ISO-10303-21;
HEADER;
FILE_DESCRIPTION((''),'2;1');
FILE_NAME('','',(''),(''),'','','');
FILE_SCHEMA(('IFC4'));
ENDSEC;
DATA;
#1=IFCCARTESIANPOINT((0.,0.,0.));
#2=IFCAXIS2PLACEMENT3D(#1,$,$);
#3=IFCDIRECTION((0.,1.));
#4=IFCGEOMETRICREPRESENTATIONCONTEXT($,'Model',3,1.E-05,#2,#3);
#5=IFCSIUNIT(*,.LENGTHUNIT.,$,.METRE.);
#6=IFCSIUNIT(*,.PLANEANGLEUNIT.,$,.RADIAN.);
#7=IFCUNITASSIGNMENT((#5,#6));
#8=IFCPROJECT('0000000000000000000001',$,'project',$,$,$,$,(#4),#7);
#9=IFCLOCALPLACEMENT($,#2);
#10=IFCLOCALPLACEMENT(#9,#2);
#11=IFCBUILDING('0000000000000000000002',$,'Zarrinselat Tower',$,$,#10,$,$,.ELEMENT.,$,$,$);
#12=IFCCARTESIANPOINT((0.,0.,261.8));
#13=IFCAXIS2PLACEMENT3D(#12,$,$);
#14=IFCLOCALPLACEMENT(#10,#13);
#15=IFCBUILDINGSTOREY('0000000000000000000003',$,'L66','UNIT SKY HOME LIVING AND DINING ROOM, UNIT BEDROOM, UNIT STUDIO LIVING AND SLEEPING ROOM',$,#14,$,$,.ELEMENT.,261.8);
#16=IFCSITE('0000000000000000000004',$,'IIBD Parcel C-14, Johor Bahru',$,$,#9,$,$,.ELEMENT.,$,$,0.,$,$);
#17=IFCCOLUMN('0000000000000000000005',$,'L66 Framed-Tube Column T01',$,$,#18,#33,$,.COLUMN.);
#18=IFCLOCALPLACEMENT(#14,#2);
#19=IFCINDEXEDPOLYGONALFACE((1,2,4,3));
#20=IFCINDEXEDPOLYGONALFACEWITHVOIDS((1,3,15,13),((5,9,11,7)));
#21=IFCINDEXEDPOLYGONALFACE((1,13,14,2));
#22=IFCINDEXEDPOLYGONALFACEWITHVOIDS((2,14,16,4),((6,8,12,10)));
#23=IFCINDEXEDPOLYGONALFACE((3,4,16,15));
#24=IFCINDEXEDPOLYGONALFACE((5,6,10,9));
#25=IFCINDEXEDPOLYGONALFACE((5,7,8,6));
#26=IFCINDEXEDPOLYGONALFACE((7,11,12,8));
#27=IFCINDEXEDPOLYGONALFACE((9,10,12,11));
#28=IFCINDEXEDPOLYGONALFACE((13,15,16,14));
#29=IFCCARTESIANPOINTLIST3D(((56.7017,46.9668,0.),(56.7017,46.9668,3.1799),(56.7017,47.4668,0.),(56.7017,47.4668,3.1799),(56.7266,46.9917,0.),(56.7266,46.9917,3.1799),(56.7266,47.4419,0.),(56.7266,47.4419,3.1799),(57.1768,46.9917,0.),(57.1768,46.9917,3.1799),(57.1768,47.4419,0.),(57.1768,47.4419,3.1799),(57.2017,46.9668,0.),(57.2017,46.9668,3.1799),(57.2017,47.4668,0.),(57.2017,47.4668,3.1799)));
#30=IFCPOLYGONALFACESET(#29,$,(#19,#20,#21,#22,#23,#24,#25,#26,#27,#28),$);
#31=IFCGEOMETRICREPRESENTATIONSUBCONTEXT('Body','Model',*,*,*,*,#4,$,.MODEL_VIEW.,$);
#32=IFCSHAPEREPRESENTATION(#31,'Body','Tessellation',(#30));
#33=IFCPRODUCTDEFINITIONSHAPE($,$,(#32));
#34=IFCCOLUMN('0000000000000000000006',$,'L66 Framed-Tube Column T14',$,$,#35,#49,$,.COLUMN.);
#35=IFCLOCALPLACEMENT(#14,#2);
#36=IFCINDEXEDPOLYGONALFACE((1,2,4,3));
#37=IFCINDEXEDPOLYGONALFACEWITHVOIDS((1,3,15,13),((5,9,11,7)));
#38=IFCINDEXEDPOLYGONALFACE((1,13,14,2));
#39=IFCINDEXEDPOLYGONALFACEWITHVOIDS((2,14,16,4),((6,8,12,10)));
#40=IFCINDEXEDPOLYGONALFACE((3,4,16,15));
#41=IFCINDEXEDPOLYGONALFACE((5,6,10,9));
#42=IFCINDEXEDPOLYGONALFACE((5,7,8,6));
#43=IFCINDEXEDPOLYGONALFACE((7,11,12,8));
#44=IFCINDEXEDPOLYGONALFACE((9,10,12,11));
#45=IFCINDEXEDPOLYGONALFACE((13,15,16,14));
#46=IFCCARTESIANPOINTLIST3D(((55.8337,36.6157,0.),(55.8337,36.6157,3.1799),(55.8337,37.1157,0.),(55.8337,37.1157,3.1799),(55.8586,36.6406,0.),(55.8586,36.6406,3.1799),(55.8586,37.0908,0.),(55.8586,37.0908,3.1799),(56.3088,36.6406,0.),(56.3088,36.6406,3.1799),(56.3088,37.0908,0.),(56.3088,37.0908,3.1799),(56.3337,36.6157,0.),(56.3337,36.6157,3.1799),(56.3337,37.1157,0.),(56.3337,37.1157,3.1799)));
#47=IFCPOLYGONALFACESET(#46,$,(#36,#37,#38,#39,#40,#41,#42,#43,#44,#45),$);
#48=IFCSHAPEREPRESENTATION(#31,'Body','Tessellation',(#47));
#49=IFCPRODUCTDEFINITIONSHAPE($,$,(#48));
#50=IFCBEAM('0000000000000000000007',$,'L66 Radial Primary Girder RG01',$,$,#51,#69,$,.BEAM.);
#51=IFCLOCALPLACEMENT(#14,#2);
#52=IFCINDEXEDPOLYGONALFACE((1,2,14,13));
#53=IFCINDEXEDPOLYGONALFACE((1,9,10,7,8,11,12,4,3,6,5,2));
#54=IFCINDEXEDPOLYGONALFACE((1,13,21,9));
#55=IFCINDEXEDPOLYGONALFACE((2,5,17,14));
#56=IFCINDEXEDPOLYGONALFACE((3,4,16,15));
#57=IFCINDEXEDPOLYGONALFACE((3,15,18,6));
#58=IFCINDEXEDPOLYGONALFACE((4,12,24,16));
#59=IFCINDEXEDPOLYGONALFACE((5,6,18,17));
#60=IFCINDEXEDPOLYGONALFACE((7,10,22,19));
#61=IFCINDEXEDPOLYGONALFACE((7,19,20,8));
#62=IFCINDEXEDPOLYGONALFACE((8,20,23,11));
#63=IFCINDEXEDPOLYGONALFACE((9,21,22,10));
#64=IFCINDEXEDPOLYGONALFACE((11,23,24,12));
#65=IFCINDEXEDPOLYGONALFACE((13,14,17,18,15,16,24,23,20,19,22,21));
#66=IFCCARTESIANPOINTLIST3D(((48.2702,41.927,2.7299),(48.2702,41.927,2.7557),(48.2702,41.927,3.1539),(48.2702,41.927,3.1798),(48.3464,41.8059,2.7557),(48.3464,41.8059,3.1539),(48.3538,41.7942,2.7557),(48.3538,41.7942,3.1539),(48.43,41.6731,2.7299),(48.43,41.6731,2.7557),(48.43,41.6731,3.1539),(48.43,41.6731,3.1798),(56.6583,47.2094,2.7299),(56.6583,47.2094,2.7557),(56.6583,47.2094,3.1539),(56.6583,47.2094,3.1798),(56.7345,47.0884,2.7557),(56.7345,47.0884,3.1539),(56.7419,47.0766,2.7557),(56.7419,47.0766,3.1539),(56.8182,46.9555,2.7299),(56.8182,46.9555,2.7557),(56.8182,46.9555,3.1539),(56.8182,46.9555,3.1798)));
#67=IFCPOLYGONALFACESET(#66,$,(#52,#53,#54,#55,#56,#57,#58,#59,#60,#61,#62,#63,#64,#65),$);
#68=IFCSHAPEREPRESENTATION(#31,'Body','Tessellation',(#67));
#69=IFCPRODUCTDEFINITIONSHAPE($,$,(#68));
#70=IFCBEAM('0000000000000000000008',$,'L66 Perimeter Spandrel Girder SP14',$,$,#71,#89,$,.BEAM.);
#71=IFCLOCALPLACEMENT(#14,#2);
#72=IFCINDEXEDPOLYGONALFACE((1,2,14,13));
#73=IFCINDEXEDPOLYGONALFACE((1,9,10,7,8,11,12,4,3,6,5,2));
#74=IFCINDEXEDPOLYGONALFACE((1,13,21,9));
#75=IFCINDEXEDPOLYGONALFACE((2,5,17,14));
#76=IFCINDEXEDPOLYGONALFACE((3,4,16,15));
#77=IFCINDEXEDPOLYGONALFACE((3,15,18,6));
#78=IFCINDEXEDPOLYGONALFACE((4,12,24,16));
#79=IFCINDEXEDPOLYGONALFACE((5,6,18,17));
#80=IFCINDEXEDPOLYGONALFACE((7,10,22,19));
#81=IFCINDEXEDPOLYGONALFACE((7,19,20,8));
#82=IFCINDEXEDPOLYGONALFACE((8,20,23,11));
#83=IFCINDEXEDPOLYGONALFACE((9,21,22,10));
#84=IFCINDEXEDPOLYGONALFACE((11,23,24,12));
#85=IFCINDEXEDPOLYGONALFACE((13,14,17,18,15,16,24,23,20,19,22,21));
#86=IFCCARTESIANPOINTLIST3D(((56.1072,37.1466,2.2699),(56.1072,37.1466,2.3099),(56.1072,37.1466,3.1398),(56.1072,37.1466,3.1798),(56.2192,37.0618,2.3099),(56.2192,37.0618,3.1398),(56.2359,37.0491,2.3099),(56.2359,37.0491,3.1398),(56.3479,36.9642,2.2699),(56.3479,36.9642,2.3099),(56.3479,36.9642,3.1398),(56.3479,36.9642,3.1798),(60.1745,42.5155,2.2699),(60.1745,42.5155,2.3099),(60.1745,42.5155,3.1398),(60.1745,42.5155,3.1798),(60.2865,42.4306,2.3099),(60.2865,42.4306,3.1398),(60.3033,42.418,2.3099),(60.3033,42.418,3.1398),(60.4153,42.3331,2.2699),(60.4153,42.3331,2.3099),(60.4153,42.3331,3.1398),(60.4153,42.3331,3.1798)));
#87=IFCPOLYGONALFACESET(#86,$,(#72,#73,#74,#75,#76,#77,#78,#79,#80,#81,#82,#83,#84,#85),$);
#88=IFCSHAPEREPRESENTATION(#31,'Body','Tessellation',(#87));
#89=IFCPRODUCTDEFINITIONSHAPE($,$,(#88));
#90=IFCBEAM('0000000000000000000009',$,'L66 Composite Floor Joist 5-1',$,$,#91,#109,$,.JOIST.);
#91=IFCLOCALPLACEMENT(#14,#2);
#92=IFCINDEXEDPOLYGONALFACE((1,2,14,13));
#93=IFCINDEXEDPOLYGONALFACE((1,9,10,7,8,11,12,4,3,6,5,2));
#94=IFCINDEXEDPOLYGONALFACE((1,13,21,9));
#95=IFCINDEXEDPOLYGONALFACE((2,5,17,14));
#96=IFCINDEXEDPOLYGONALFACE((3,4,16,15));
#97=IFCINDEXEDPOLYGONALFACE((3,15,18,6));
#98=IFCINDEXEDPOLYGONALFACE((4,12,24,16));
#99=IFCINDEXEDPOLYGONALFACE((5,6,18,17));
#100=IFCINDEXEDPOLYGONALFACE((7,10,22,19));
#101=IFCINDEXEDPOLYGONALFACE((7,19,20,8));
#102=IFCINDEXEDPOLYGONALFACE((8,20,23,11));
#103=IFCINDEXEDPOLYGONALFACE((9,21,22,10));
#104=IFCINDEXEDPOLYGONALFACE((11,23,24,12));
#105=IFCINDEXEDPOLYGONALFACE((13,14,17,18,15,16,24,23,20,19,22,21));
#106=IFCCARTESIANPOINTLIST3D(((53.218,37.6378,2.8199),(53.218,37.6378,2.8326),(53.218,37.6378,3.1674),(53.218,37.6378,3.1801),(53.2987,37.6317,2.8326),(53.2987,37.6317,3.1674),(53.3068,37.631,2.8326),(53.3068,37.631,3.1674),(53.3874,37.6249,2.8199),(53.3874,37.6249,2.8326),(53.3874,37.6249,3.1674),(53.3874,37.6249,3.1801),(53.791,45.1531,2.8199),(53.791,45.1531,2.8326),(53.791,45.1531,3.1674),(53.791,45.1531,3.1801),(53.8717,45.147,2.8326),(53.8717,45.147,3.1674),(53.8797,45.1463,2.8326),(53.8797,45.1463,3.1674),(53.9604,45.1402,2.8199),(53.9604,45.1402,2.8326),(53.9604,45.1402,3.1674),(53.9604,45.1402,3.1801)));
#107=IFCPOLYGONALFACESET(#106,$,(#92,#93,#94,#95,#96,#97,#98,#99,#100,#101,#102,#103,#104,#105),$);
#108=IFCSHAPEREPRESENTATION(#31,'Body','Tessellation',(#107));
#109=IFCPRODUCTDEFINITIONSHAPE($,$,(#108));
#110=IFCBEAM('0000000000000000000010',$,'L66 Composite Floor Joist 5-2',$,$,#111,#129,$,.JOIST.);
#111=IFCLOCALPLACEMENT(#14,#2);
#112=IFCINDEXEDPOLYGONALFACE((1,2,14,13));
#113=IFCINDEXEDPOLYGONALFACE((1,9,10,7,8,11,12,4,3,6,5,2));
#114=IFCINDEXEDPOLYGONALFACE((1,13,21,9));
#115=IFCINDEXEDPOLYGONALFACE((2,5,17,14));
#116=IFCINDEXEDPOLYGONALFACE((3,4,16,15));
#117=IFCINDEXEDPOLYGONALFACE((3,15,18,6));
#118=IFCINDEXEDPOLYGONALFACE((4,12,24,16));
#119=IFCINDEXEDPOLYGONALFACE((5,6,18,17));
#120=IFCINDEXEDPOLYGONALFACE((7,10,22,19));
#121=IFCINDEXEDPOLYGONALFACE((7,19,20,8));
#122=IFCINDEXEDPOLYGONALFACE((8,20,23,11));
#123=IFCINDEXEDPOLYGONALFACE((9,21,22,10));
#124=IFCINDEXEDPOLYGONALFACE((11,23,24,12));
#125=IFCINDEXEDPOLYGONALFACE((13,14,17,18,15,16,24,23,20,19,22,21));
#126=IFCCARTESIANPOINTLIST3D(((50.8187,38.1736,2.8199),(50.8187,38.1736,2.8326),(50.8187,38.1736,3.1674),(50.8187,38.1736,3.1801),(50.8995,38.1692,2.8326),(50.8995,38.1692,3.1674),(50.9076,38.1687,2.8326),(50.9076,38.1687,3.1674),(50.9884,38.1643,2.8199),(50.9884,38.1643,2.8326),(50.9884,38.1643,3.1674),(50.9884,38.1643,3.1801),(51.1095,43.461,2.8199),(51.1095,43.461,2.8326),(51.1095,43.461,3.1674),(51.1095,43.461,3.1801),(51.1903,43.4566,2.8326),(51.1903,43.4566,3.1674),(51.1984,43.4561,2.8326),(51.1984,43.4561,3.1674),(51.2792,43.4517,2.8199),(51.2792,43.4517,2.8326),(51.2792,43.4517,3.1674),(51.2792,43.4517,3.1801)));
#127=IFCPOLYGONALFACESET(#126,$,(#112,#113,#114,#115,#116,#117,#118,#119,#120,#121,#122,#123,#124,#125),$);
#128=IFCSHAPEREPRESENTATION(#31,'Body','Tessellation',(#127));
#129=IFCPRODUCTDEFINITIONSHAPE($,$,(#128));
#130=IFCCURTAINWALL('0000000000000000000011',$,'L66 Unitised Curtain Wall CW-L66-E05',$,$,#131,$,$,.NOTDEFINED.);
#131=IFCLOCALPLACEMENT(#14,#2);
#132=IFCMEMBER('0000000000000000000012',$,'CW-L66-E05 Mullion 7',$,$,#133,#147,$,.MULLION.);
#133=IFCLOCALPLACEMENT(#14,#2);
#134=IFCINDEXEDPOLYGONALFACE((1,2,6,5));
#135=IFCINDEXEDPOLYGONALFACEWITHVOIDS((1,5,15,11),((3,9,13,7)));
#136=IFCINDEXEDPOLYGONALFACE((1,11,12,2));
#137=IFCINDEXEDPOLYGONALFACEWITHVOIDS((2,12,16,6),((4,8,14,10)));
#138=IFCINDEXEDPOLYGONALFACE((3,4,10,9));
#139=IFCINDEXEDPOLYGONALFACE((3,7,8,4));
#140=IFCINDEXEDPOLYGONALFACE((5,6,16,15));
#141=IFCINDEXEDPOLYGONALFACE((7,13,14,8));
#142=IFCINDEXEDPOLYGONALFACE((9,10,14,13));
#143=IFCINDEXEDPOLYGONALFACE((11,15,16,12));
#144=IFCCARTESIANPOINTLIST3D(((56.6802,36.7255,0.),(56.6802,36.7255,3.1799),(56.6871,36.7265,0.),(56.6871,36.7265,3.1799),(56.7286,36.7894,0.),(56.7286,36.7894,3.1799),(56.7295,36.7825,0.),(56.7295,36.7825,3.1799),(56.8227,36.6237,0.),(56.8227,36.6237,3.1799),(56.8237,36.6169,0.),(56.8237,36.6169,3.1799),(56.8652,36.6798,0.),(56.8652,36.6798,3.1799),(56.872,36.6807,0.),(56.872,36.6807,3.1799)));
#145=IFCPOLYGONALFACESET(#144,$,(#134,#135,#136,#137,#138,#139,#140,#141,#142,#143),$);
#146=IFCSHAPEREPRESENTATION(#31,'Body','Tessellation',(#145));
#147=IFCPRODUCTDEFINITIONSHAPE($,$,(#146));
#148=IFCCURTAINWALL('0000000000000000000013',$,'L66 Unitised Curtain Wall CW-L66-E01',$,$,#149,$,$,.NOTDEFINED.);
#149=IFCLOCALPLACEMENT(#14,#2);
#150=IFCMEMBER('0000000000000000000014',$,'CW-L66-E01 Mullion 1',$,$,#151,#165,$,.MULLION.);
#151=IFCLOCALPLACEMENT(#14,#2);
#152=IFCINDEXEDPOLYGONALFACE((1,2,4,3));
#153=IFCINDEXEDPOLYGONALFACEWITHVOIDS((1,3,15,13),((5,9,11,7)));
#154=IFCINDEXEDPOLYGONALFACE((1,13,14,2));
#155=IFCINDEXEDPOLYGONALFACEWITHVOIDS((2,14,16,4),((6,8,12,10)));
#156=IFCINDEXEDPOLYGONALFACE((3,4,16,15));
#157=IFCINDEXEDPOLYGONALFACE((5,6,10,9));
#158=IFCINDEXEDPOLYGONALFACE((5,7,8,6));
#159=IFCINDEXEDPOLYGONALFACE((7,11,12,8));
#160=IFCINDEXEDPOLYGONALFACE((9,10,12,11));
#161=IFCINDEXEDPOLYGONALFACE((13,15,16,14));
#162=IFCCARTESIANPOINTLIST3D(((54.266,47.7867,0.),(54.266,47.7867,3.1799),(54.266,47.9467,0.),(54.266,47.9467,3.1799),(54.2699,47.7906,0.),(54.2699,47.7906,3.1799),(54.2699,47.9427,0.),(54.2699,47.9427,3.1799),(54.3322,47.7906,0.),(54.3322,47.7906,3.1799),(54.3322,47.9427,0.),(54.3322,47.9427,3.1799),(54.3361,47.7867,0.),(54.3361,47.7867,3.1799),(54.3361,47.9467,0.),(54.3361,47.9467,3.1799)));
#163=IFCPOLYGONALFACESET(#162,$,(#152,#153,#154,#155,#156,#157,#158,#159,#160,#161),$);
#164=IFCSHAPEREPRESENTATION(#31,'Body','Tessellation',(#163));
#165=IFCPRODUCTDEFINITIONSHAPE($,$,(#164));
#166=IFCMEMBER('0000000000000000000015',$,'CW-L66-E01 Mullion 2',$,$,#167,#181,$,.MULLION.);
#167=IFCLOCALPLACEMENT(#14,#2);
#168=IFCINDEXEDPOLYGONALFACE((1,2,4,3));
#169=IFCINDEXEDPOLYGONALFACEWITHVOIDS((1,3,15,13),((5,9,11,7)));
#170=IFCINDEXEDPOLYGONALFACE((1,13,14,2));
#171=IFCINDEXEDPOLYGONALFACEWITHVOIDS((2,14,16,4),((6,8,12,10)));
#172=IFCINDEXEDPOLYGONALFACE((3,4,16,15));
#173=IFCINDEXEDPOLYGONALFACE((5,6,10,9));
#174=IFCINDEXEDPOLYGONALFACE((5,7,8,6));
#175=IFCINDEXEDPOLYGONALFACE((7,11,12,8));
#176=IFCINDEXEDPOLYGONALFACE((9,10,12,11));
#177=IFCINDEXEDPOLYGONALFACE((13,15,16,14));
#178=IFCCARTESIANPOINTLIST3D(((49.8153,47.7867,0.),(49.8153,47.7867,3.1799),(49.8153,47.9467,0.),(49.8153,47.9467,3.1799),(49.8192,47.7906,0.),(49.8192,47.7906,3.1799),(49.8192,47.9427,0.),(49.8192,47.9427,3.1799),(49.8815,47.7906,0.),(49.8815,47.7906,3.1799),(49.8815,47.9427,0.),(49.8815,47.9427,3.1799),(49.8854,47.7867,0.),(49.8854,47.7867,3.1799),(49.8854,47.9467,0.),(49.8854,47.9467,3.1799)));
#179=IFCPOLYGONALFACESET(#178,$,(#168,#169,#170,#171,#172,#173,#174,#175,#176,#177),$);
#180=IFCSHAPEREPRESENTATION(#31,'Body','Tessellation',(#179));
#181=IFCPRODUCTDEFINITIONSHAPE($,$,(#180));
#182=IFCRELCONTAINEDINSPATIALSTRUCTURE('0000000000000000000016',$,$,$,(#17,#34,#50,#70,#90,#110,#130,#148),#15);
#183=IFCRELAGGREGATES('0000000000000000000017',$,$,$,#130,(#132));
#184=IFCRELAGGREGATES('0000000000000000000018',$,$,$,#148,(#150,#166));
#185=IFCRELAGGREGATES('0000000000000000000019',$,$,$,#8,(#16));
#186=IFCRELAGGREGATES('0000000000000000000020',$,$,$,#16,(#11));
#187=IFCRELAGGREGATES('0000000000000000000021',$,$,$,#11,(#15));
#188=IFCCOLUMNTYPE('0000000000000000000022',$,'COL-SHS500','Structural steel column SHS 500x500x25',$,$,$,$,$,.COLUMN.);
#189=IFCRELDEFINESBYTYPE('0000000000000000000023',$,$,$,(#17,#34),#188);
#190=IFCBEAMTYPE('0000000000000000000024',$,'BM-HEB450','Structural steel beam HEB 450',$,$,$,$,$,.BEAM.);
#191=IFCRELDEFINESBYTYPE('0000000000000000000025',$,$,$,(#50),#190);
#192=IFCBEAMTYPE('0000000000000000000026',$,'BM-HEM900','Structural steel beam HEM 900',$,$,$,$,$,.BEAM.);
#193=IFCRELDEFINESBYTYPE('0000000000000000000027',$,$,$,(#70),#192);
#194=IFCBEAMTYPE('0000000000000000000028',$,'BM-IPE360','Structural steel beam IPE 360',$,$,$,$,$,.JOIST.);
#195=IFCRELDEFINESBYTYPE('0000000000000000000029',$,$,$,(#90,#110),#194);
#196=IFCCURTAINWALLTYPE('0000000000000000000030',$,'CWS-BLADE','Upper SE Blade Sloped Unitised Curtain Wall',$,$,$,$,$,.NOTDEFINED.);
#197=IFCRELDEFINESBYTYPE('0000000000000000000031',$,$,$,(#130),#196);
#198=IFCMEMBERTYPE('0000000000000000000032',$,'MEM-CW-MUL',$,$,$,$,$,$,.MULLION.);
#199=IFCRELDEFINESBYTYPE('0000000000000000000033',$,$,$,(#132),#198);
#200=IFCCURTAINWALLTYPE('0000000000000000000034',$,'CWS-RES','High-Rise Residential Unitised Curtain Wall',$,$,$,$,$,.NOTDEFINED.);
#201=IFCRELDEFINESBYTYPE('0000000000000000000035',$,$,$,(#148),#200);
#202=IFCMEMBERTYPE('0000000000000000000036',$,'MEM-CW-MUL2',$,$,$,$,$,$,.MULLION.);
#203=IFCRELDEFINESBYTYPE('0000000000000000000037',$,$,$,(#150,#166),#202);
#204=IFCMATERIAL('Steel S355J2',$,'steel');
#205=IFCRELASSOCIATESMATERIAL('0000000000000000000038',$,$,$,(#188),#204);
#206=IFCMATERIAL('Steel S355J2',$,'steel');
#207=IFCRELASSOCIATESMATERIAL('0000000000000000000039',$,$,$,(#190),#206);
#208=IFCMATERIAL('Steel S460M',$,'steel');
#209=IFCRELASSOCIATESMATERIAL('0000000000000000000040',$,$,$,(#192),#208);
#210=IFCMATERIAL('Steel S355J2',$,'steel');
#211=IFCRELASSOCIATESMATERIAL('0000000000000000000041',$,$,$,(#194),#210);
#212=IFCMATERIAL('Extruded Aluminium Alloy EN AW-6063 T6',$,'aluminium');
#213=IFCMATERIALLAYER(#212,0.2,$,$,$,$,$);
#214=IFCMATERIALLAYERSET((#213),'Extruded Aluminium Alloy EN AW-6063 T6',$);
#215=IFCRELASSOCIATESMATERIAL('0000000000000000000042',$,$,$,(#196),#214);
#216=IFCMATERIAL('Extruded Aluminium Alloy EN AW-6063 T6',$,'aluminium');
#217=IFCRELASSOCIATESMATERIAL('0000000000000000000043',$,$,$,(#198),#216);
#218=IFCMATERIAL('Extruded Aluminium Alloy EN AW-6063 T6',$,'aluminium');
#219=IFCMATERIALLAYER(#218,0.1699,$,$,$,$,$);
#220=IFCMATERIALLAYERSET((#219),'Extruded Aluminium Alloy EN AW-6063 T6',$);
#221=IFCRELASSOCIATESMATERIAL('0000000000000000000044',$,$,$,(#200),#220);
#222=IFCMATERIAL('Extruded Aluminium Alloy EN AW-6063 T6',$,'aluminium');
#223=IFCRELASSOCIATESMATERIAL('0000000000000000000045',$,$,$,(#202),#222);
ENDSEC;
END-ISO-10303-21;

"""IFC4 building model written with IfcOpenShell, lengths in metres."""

from ifc_helpers import new_model, si_unit, direction, frame, origin, origin_2d, place, context, subcontext, project, spatial, hollow_rectangle, i_section, extrude, material, layer, layer_set, material_profile, profile_set, type_object, element, aggregate, save


model = new_model("IFC4")

# Units and contexts
model_context = context("Model", 3, precision=1e-05, world=origin(), true_north=direction((0.0, 1.0)))
body_context = subcontext(model_context, "Body", "Model", "MODEL_VIEW")
ifc_project = project(units=[si_unit("LENGTHUNIT", "METRE"), si_unit("PLANEANGLEUNIT", "RADIAN")], contexts=[model_context])

# Site, building, storey
site_placement = place(None, origin())
site = spatial("IfcSite", under=ifc_project, at=site_placement, Name="IIBD Parcel C-14, Johor Bahru", CompositionType="ELEMENT", RefElevation=0.0)
building_placement = place(site_placement, origin())
building = spatial("IfcBuilding", under=site, at=building_placement, Name="Zarrinselat Tower", CompositionType="ELEMENT")
storey_placement = place(building_placement, frame((0.0, 0.0, 261.8)))
storey = spatial("IfcBuildingStorey", under=building, at=storey_placement, Name="L66", Description="UNIT SKY HOME LIVING AND DINING ROOM, UNIT BEDROOM, UNIT STUDIO LIVING AND SLEEPING ROOM", CompositionType="ELEMENT", Elevation=261.8)

# Columns
ifc_material_1 = material(Name="Steel S355J2", Category="steel")
ifc_material_profile_1 = material_profile(ifc_material_1, hollow_rectangle(XDim=0.5, YDim=0.5, WallThickness=0.0249, at=origin_2d()), Name="SHS 500x500x25")
ifc_profile_set_1 = profile_set([ifc_material_profile_1], Name="Steel S355J2")
column_type = type_object("IfcColumnType", Name="COL-SHS500", Description="Structural steel column SHS 500x500x25", PredefinedType="COLUMN", material=ifc_profile_set_1)
for number, where, z_axis, x_axis, name in (
    (1, (56.9517, 47.2168, 0.0), (0.0, 0.0, 1.0), (1.0, 0.0, 0.0), "L66 Framed-Tube Column T01"),
    (2, (56.0837, 36.8657, 0.0), (0.0, 0.0, 1.0), (1.0, 0.0, 0.0), "L66 Framed-Tube Column T14"),
):
    element("IfcColumn", number, at=place(storey_placement, frame(where, z_axis=z_axis, x_axis=x_axis)), inside=storey, type_object=column_type, Name=name, PredefinedType="COLUMN", context=body_context, shape_type="SweptSolid", body=[
        extrude(hollow_rectangle(XDim=0.5, YDim=0.5, WallThickness=0.0249, at=origin_2d()), origin(), (0.0, 0.0, 1.0), 3.1799),
    ])

# Beams
ifc_material_2 = material(Name="Steel S355J2", Category="steel")
ifc_material_profile_2 = material_profile(ifc_material_2, i_section(OverallWidth=0.3, OverallDepth=0.45, WebThickness=0.0139, FlangeThickness=0.0259, at=origin_2d()), Name="HEB 450")
ifc_profile_set_2 = profile_set([ifc_material_profile_2], Name="Steel S355J2")
beam_type_1 = type_object("IfcBeamType", Name="BM-HEB450", Description="Structural steel beam HEB 450", PredefinedType="BEAM", material=ifc_profile_set_2)
beam_1_placement = place(storey_placement, frame((48.3501, 41.8, 2.9548), z_axis=(0.846186, 0.532887, 0.0), x_axis=(-0.532887, 0.846186, 0.0)))
element("IfcBeam", 3, at=beam_1_placement, inside=storey, type_object=beam_type_1, Name="L66 Radial Primary Girder RG01", PredefinedType="BEAM", context=body_context, shape_type="SweptSolid", body=[
    extrude(i_section(OverallWidth=0.3, OverallDepth=0.45, WebThickness=0.0139, FlangeThickness=0.0259, at=origin_2d()), origin(), (0.0, 0.0, 1.0), 9.9128),
])
ifc_material_3 = material(Name="Steel S460M", Category="steel")
ifc_material_profile_3 = material_profile(ifc_material_3, i_section(OverallWidth=0.302, OverallDepth=0.9099, WebThickness=0.021, FlangeThickness=0.04, at=origin_2d()), Name="HEM 900")
ifc_profile_set_3 = profile_set([ifc_material_profile_3], Name="Steel S460M")
beam_type_2 = type_object("IfcBeamType", Name="BM-HEM900", Description="Structural steel beam HEM 900", PredefinedType="BEAM", material=ifc_profile_set_3)
beam_2_placement = place(storey_placement, frame((56.2275, 37.0554, 2.7249), z_axis=(0.603861, 0.79709, 0.0), x_axis=(-0.79709, 0.603861, 0.0)))
element("IfcBeam", 4, at=beam_2_placement, inside=storey, type_object=beam_type_2, Name="L66 Perimeter Spandrel Girder SP14", PredefinedType="BEAM", context=body_context, shape_type="SweptSolid", body=[
    extrude(i_section(OverallWidth=0.302, OverallDepth=0.9099, WebThickness=0.021, FlangeThickness=0.04, at=origin_2d()), origin(), (0.0, 0.0, 1.0), 6.7356),
])
ifc_material_4 = material(Name="Steel S355J2", Category="steel")
ifc_material_profile_4 = material_profile(ifc_material_4, i_section(OverallWidth=0.1699, OverallDepth=0.3601, WebThickness=0.0081, FlangeThickness=0.0127, at=origin_2d()), Name="IPE 360")
ifc_profile_set_4 = profile_set([ifc_material_profile_4], Name="Steel S355J2")
beam_type_3 = type_object("IfcBeamType", Name="BM-IPE360", Description="Structural steel beam IPE 360", PredefinedType="JOIST", material=ifc_profile_set_4)
beam_3_placement = place(storey_placement, frame((53.3027, 37.6313, 3.0), z_axis=(0.076023, 0.997106, 0.0), x_axis=(-0.997106, 0.076023, 0.0)))
element("IfcBeam", 5, at=beam_3_placement, inside=storey, type_object=beam_type_3, Name="L66 Composite Floor Joist 5-1", PredefinedType="JOIST", context=body_context, shape_type="SweptSolid", body=[
    extrude(i_section(OverallWidth=0.1699, OverallDepth=0.3601, WebThickness=0.0081, FlangeThickness=0.0127, at=origin_2d()), origin(), (0.0, 0.0, 1.0), 7.5371),
])
beam_4_placement = place(storey_placement, frame((50.9036, 38.1689, 3.0), z_axis=(0.054911, 0.998491, 0.0), x_axis=(-0.998491, 0.054911, 0.0)))
element("IfcBeam", 6, at=beam_4_placement, inside=storey, type_object=beam_type_3, Name="L66 Composite Floor Joist 5-2", PredefinedType="JOIST", context=body_context, shape_type="SweptSolid", body=[
    extrude(i_section(OverallWidth=0.1699, OverallDepth=0.3601, WebThickness=0.0081, FlangeThickness=0.0127, at=origin_2d()), origin(), (0.0, 0.0, 1.0), 5.2954),
])

# Curtain wall, member
ifc_material_5 = material(Name="Extruded Aluminium Alloy EN AW-6063 T6", Category="aluminium")
ifc_layer_1 = layer(ifc_material_5, 0.2)
ifc_layer_set_1 = layer_set([ifc_layer_1], Name="Extruded Aluminium Alloy EN AW-6063 T6")
curtain_wall_type_1 = type_object("IfcCurtainWallType", Name="CWS-BLADE", Description="Upper SE Blade Sloped Unitised Curtain Wall", PredefinedType="NOTDEFINED", material=ifc_layer_set_1)
curtain_wall_1_placement = place(storey_placement, origin())
curtain_wall_1 = element("IfcCurtainWall", 7, at=curtain_wall_1_placement, inside=storey, type_object=curtain_wall_type_1, Name="L66 Unitised Curtain Wall CW-L66-E05", PredefinedType="NOTDEFINED")
ifc_material_6 = material(Name="Extruded Aluminium Alloy EN AW-6063 T6", Category="aluminium")
ifc_material_profile_5 = material_profile(ifc_material_6, hollow_rectangle(XDim=0.0801, YDim=0.1799, WallThickness=0.0049, at=origin_2d()), Name="RHS 180x80x5")
ifc_profile_set_5 = profile_set([ifc_material_profile_5], Name="Extruded Aluminium Alloy EN AW-6063 T6")
member_type_1 = type_object("IfcMemberType", Name="MEM-CW-MUL", PredefinedType="MULLION", material=ifc_profile_set_5)
member_1_placement = place(storey_placement, frame((56.7761, 36.7031, 0.0), z_axis=(0.0, 0.0, 1.0), x_axis=(0.60386, 0.797091, 0.0)))
member_1 = element("IfcMember", 8, at=member_1_placement, type_object=member_type_1, Name="CW-L66-E05 Mullion 7", PredefinedType="MULLION", context=body_context, shape_type="SweptSolid", body=[
    extrude(hollow_rectangle(XDim=0.0801, YDim=0.1799, WallThickness=0.0049, at=origin_2d()), origin(), (0.0, 0.0, 1.0), 3.1799),
])
aggregate(curtain_wall_1, [member_1])

# Curtain wall, members
ifc_material_7 = material(Name="Extruded Aluminium Alloy EN AW-6063 T6", Category="aluminium")
ifc_layer_2 = layer(ifc_material_7, 0.1699)
ifc_layer_set_2 = layer_set([ifc_layer_2], Name="Extruded Aluminium Alloy EN AW-6063 T6")
curtain_wall_type_2 = type_object("IfcCurtainWallType", Name="CWS-RES", Description="High-Rise Residential Unitised Curtain Wall", PredefinedType="NOTDEFINED", material=ifc_layer_set_2)
curtain_wall_2_placement = place(storey_placement, origin())
curtain_wall_2 = element("IfcCurtainWall", 9, at=curtain_wall_2_placement, inside=storey, type_object=curtain_wall_type_2, Name="L66 Unitised Curtain Wall CW-L66-E01", PredefinedType="NOTDEFINED")
ifc_material_8 = material(Name="Extruded Aluminium Alloy EN AW-6063 T6", Category="aluminium")
ifc_material_profile_6 = material_profile(ifc_material_8, hollow_rectangle(XDim=0.0701, YDim=0.1599, WallThickness=0.0039, at=origin_2d()), Name="RHS 160x70x4")
ifc_profile_set_6 = profile_set([ifc_material_profile_6], Name="Extruded Aluminium Alloy EN AW-6063 T6")
member_type_2 = type_object("IfcMemberType", Name="MEM-CW-MUL2", PredefinedType="MULLION", material=ifc_profile_set_6)
member_2_placement = place(storey_placement, frame((54.301, 47.8667, 0.0), z_axis=(0.0, 0.0, 1.0), x_axis=(-1.0, 0.0, 0.0)))
member_2 = element("IfcMember", 10, at=member_2_placement, type_object=member_type_2, Name="CW-L66-E01 Mullion 1", PredefinedType="MULLION", context=body_context, shape_type="SweptSolid", body=[
    extrude(hollow_rectangle(XDim=0.0701, YDim=0.1599, WallThickness=0.0039, at=origin_2d()), origin(), (0.0, 0.0, 1.0), 3.1799),
])
member_3_placement = place(storey_placement, frame((49.8503, 47.8667, 0.0), z_axis=(0.0, 0.0, 1.0), x_axis=(-1.0, 0.0, 0.0)))
member_3 = element("IfcMember", 11, at=member_3_placement, type_object=member_type_2, Name="CW-L66-E01 Mullion 2", PredefinedType="MULLION", context=body_context, shape_type="SweptSolid", body=[
    extrude(hollow_rectangle(XDim=0.0701, YDim=0.1599, WallThickness=0.0039, at=origin_2d()), origin(), (0.0, 0.0, 1.0), 3.1799),
])
aggregate(curtain_wall_2, [member_2, member_3])

save(model, "model.ifc")
